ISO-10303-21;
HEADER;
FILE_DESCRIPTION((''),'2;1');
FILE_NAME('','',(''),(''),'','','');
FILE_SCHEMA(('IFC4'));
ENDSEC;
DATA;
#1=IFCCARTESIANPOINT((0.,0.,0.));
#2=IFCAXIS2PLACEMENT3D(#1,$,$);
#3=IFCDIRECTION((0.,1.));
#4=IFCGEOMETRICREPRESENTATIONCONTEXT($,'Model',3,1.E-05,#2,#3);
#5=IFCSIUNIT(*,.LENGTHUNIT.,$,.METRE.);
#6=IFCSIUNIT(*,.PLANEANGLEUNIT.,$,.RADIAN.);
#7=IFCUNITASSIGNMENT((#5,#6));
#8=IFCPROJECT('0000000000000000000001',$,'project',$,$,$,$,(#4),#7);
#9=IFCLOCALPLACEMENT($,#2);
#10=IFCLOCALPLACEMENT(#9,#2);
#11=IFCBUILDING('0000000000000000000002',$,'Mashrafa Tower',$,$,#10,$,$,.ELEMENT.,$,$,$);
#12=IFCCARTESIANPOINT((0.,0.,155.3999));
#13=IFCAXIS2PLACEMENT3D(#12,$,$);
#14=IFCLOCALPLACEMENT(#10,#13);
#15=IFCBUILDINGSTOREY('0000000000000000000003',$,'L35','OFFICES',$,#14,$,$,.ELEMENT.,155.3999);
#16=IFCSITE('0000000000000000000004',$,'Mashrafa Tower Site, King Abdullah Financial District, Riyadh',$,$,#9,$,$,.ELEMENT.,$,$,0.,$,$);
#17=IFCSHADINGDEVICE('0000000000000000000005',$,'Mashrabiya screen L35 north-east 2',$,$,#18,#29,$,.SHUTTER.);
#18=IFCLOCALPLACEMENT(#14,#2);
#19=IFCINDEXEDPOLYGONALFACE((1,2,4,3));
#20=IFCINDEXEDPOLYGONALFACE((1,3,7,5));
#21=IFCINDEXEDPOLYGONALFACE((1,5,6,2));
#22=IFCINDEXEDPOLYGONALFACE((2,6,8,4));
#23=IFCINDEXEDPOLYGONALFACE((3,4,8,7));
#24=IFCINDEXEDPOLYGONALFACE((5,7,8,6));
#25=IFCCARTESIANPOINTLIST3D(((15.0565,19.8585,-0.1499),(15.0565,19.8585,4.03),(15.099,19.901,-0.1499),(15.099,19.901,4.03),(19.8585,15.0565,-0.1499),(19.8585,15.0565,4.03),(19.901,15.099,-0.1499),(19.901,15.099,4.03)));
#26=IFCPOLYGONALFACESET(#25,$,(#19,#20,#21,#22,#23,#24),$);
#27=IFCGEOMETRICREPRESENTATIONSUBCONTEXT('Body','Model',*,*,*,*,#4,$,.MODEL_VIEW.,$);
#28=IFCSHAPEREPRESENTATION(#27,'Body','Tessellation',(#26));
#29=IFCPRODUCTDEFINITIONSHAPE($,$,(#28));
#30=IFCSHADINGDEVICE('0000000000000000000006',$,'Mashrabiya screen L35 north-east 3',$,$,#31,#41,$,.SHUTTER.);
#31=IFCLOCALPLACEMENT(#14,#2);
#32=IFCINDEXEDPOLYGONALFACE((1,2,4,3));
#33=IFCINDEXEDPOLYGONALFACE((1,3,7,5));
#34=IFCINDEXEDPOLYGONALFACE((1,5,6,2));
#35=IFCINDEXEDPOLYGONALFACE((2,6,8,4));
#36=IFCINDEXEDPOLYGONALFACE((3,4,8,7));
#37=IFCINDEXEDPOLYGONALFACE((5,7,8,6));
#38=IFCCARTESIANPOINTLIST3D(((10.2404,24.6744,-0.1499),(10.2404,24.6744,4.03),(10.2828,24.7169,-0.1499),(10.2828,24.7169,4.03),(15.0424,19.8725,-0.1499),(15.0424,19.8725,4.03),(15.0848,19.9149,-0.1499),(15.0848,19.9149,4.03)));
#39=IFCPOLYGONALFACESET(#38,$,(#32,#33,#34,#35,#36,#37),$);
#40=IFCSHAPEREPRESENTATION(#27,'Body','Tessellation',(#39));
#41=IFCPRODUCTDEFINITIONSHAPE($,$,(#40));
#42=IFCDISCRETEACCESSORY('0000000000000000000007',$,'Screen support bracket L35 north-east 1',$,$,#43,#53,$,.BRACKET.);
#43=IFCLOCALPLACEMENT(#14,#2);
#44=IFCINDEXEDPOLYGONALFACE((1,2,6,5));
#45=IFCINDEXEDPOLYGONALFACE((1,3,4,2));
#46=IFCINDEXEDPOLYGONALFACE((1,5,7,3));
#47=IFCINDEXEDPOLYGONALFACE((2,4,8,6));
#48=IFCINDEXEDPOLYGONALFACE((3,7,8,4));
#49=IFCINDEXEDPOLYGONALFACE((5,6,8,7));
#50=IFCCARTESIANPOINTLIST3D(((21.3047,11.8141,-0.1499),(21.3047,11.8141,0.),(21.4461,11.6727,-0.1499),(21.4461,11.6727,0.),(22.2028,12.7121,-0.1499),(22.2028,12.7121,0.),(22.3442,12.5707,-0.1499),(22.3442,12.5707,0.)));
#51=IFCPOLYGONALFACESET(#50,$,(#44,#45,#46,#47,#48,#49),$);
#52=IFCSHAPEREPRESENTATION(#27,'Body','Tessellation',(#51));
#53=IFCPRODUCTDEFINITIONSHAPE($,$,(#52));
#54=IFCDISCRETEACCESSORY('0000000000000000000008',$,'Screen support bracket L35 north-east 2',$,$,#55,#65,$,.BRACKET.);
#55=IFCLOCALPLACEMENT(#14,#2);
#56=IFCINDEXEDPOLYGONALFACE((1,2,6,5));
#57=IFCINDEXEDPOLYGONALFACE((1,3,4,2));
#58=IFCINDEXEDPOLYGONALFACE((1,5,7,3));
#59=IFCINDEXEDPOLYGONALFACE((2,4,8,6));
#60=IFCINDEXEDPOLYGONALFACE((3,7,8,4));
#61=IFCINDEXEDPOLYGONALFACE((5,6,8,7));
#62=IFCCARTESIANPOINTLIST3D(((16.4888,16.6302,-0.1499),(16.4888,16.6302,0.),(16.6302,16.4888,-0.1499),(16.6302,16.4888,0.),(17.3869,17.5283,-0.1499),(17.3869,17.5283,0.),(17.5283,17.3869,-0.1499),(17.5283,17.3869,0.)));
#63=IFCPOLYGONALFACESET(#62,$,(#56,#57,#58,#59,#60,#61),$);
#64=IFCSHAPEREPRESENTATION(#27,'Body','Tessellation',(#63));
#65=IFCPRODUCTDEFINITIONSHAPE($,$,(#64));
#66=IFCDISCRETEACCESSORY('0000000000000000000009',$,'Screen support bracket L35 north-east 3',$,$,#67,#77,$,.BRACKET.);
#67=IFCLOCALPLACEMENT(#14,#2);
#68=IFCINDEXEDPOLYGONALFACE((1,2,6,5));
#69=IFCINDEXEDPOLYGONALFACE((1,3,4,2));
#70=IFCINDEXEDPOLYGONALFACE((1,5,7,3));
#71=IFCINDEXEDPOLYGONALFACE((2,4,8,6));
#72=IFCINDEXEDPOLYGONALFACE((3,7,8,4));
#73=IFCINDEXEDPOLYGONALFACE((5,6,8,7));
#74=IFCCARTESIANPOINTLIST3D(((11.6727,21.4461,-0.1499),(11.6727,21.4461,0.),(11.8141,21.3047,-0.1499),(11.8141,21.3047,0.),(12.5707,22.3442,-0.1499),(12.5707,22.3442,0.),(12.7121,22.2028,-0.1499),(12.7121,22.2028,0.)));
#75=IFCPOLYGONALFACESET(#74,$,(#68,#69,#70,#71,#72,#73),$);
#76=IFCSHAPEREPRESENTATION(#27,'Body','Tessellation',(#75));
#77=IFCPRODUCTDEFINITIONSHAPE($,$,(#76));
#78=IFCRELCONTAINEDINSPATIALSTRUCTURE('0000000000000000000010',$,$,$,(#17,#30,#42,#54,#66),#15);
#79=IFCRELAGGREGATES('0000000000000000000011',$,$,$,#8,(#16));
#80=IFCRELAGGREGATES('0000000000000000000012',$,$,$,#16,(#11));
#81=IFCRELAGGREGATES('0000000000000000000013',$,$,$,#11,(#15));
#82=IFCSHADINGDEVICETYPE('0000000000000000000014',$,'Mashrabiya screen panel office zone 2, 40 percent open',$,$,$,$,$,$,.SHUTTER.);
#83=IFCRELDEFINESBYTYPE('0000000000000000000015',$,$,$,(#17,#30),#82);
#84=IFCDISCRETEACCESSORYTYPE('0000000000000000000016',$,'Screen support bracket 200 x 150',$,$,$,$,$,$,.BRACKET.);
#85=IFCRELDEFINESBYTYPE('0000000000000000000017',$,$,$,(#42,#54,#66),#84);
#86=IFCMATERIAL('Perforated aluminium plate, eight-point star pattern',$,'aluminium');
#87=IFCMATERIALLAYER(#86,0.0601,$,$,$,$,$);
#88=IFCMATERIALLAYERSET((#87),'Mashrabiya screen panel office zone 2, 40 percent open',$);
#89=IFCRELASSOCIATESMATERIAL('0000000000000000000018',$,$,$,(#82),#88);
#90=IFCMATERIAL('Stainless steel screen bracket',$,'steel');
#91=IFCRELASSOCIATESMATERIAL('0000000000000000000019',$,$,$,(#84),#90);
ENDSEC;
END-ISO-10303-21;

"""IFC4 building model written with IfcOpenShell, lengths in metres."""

from ifc_helpers import new_model, si_unit, direction, frame, origin, origin_2d, place, context, subcontext, project, spatial, rectangle, extrude, source, transform, mapped, material, layer, layer_set, type_object, type_shapes, element, save


model = new_model("IFC4")

# Units and contexts
model_context = context("Model", 3, precision=1e-05, world=origin(), true_north=direction((0.0, 1.0)))
body_context = subcontext(model_context, "Body", "Model", "MODEL_VIEW")
ifc_project = project(units=[si_unit("LENGTHUNIT", "METRE"), si_unit("PLANEANGLEUNIT", "RADIAN")], contexts=[model_context])

# Site, building, storey
site_placement = place(None, origin())
site = spatial("IfcSite", under=ifc_project, at=site_placement, Name="Mashrafa Tower Site, King Abdullah Financial District, Riyadh", CompositionType="ELEMENT", RefElevation=0.0)
building_placement = place(site_placement, origin())
building = spatial("IfcBuilding", under=site, at=building_placement, Name="Mashrafa Tower", CompositionType="ELEMENT")
storey_placement = place(building_placement, frame((0.0, 0.0, 155.3999)))
storey = spatial("IfcBuildingStorey", under=building, at=storey_placement, Name="L35", Description="OFFICES", CompositionType="ELEMENT", Elevation=155.3999)

# Shading devices
ifc_material_1 = material(Name="Perforated aluminium plate, eight-point star pattern", Category="aluminium")
ifc_layer_1 = layer(ifc_material_1, 0.0601)
ifc_layer_set_1 = layer_set([ifc_layer_1], Name="Mashrabiya screen panel office zone 2, 40 percent open")
shading_device_type = type_object("IfcShadingDeviceType", Name="Mashrabiya screen panel office zone 2, 40 percent open", PredefinedType="SHUTTER", material=ifc_layer_set_1)
shared_shape_1 = source(origin(), body_context, "Body", "SweptSolid", [
    extrude(rectangle(XDim=6.791, YDim=0.0601, at=origin_2d()), origin(), (0.0, 0.0, 1.0), 4.1799),
])
type_shapes(shading_device_type, [shared_shape_1])
for number, where, z_axis, x_axis, name in (
    (1, (17.4788, 17.4788, -0.1499), (0.0, 0.0, 1.0), (-0.707107, 0.707107, 0.0), "Mashrabiya screen L35 north-east 2"),
    (2, (12.6626, 22.2947, -0.1499), (0.0, 0.0, 1.0), (-0.707107, 0.707107, 0.0), "Mashrabiya screen L35 north-east 3"),
):
    element("IfcShadingDevice", number, at=place(storey_placement, frame(where, z_axis=z_axis, x_axis=x_axis)), inside=storey, type_object=shading_device_type, Name=name, PredefinedType="SHUTTER", context=body_context, shape_type="MappedRepresentation", body=[
        mapped(shared_shape_1, transform((0.0, 0.0, 0.0))),
    ])

# Discrete accessories
ifc_material_2 = material(Name="Stainless steel screen bracket", Category="steel")
discrete_accessory_type = type_object("IfcDiscreteAccessoryType", Name="Screen support bracket 200 x 150", PredefinedType="BRACKET", material=ifc_material_2)
shared_shape_2 = source(origin(), body_context, "Body", "SweptSolid", [
    extrude(rectangle(XDim=0.2, YDim=1.27, at=origin_2d()), origin(), (0.0, 0.0, 1.0), 0.1499),
])
type_shapes(discrete_accessory_type, [shared_shape_2])
for number, where, z_axis, x_axis, name in (
    (3, (21.8245, 12.1924, -0.1499), (0.0, 0.0, 1.0), (-0.707107, 0.707107, 0.0), "Screen support bracket L35 north-east 1"),
    (4, (17.0085, 17.0085, -0.1499), (0.0, 0.0, 1.0), (-0.707107, 0.707107, 0.0), "Screen support bracket L35 north-east 2"),
    (5, (12.1924, 21.8245, -0.1499), (0.0, 0.0, 1.0), (-0.707107, 0.707107, 0.0), "Screen support bracket L35 north-east 3"),
):
    element("IfcDiscreteAccessory", number, at=place(storey_placement, frame(where, z_axis=z_axis, x_axis=x_axis)), inside=storey, type_object=discrete_accessory_type, Name=name, PredefinedType="BRACKET", context=body_context, shape_type="MappedRepresentation", body=[
        mapped(shared_shape_2, transform((0.0, 0.0, 0.0))),
    ])

save(model, "model.ifc")
